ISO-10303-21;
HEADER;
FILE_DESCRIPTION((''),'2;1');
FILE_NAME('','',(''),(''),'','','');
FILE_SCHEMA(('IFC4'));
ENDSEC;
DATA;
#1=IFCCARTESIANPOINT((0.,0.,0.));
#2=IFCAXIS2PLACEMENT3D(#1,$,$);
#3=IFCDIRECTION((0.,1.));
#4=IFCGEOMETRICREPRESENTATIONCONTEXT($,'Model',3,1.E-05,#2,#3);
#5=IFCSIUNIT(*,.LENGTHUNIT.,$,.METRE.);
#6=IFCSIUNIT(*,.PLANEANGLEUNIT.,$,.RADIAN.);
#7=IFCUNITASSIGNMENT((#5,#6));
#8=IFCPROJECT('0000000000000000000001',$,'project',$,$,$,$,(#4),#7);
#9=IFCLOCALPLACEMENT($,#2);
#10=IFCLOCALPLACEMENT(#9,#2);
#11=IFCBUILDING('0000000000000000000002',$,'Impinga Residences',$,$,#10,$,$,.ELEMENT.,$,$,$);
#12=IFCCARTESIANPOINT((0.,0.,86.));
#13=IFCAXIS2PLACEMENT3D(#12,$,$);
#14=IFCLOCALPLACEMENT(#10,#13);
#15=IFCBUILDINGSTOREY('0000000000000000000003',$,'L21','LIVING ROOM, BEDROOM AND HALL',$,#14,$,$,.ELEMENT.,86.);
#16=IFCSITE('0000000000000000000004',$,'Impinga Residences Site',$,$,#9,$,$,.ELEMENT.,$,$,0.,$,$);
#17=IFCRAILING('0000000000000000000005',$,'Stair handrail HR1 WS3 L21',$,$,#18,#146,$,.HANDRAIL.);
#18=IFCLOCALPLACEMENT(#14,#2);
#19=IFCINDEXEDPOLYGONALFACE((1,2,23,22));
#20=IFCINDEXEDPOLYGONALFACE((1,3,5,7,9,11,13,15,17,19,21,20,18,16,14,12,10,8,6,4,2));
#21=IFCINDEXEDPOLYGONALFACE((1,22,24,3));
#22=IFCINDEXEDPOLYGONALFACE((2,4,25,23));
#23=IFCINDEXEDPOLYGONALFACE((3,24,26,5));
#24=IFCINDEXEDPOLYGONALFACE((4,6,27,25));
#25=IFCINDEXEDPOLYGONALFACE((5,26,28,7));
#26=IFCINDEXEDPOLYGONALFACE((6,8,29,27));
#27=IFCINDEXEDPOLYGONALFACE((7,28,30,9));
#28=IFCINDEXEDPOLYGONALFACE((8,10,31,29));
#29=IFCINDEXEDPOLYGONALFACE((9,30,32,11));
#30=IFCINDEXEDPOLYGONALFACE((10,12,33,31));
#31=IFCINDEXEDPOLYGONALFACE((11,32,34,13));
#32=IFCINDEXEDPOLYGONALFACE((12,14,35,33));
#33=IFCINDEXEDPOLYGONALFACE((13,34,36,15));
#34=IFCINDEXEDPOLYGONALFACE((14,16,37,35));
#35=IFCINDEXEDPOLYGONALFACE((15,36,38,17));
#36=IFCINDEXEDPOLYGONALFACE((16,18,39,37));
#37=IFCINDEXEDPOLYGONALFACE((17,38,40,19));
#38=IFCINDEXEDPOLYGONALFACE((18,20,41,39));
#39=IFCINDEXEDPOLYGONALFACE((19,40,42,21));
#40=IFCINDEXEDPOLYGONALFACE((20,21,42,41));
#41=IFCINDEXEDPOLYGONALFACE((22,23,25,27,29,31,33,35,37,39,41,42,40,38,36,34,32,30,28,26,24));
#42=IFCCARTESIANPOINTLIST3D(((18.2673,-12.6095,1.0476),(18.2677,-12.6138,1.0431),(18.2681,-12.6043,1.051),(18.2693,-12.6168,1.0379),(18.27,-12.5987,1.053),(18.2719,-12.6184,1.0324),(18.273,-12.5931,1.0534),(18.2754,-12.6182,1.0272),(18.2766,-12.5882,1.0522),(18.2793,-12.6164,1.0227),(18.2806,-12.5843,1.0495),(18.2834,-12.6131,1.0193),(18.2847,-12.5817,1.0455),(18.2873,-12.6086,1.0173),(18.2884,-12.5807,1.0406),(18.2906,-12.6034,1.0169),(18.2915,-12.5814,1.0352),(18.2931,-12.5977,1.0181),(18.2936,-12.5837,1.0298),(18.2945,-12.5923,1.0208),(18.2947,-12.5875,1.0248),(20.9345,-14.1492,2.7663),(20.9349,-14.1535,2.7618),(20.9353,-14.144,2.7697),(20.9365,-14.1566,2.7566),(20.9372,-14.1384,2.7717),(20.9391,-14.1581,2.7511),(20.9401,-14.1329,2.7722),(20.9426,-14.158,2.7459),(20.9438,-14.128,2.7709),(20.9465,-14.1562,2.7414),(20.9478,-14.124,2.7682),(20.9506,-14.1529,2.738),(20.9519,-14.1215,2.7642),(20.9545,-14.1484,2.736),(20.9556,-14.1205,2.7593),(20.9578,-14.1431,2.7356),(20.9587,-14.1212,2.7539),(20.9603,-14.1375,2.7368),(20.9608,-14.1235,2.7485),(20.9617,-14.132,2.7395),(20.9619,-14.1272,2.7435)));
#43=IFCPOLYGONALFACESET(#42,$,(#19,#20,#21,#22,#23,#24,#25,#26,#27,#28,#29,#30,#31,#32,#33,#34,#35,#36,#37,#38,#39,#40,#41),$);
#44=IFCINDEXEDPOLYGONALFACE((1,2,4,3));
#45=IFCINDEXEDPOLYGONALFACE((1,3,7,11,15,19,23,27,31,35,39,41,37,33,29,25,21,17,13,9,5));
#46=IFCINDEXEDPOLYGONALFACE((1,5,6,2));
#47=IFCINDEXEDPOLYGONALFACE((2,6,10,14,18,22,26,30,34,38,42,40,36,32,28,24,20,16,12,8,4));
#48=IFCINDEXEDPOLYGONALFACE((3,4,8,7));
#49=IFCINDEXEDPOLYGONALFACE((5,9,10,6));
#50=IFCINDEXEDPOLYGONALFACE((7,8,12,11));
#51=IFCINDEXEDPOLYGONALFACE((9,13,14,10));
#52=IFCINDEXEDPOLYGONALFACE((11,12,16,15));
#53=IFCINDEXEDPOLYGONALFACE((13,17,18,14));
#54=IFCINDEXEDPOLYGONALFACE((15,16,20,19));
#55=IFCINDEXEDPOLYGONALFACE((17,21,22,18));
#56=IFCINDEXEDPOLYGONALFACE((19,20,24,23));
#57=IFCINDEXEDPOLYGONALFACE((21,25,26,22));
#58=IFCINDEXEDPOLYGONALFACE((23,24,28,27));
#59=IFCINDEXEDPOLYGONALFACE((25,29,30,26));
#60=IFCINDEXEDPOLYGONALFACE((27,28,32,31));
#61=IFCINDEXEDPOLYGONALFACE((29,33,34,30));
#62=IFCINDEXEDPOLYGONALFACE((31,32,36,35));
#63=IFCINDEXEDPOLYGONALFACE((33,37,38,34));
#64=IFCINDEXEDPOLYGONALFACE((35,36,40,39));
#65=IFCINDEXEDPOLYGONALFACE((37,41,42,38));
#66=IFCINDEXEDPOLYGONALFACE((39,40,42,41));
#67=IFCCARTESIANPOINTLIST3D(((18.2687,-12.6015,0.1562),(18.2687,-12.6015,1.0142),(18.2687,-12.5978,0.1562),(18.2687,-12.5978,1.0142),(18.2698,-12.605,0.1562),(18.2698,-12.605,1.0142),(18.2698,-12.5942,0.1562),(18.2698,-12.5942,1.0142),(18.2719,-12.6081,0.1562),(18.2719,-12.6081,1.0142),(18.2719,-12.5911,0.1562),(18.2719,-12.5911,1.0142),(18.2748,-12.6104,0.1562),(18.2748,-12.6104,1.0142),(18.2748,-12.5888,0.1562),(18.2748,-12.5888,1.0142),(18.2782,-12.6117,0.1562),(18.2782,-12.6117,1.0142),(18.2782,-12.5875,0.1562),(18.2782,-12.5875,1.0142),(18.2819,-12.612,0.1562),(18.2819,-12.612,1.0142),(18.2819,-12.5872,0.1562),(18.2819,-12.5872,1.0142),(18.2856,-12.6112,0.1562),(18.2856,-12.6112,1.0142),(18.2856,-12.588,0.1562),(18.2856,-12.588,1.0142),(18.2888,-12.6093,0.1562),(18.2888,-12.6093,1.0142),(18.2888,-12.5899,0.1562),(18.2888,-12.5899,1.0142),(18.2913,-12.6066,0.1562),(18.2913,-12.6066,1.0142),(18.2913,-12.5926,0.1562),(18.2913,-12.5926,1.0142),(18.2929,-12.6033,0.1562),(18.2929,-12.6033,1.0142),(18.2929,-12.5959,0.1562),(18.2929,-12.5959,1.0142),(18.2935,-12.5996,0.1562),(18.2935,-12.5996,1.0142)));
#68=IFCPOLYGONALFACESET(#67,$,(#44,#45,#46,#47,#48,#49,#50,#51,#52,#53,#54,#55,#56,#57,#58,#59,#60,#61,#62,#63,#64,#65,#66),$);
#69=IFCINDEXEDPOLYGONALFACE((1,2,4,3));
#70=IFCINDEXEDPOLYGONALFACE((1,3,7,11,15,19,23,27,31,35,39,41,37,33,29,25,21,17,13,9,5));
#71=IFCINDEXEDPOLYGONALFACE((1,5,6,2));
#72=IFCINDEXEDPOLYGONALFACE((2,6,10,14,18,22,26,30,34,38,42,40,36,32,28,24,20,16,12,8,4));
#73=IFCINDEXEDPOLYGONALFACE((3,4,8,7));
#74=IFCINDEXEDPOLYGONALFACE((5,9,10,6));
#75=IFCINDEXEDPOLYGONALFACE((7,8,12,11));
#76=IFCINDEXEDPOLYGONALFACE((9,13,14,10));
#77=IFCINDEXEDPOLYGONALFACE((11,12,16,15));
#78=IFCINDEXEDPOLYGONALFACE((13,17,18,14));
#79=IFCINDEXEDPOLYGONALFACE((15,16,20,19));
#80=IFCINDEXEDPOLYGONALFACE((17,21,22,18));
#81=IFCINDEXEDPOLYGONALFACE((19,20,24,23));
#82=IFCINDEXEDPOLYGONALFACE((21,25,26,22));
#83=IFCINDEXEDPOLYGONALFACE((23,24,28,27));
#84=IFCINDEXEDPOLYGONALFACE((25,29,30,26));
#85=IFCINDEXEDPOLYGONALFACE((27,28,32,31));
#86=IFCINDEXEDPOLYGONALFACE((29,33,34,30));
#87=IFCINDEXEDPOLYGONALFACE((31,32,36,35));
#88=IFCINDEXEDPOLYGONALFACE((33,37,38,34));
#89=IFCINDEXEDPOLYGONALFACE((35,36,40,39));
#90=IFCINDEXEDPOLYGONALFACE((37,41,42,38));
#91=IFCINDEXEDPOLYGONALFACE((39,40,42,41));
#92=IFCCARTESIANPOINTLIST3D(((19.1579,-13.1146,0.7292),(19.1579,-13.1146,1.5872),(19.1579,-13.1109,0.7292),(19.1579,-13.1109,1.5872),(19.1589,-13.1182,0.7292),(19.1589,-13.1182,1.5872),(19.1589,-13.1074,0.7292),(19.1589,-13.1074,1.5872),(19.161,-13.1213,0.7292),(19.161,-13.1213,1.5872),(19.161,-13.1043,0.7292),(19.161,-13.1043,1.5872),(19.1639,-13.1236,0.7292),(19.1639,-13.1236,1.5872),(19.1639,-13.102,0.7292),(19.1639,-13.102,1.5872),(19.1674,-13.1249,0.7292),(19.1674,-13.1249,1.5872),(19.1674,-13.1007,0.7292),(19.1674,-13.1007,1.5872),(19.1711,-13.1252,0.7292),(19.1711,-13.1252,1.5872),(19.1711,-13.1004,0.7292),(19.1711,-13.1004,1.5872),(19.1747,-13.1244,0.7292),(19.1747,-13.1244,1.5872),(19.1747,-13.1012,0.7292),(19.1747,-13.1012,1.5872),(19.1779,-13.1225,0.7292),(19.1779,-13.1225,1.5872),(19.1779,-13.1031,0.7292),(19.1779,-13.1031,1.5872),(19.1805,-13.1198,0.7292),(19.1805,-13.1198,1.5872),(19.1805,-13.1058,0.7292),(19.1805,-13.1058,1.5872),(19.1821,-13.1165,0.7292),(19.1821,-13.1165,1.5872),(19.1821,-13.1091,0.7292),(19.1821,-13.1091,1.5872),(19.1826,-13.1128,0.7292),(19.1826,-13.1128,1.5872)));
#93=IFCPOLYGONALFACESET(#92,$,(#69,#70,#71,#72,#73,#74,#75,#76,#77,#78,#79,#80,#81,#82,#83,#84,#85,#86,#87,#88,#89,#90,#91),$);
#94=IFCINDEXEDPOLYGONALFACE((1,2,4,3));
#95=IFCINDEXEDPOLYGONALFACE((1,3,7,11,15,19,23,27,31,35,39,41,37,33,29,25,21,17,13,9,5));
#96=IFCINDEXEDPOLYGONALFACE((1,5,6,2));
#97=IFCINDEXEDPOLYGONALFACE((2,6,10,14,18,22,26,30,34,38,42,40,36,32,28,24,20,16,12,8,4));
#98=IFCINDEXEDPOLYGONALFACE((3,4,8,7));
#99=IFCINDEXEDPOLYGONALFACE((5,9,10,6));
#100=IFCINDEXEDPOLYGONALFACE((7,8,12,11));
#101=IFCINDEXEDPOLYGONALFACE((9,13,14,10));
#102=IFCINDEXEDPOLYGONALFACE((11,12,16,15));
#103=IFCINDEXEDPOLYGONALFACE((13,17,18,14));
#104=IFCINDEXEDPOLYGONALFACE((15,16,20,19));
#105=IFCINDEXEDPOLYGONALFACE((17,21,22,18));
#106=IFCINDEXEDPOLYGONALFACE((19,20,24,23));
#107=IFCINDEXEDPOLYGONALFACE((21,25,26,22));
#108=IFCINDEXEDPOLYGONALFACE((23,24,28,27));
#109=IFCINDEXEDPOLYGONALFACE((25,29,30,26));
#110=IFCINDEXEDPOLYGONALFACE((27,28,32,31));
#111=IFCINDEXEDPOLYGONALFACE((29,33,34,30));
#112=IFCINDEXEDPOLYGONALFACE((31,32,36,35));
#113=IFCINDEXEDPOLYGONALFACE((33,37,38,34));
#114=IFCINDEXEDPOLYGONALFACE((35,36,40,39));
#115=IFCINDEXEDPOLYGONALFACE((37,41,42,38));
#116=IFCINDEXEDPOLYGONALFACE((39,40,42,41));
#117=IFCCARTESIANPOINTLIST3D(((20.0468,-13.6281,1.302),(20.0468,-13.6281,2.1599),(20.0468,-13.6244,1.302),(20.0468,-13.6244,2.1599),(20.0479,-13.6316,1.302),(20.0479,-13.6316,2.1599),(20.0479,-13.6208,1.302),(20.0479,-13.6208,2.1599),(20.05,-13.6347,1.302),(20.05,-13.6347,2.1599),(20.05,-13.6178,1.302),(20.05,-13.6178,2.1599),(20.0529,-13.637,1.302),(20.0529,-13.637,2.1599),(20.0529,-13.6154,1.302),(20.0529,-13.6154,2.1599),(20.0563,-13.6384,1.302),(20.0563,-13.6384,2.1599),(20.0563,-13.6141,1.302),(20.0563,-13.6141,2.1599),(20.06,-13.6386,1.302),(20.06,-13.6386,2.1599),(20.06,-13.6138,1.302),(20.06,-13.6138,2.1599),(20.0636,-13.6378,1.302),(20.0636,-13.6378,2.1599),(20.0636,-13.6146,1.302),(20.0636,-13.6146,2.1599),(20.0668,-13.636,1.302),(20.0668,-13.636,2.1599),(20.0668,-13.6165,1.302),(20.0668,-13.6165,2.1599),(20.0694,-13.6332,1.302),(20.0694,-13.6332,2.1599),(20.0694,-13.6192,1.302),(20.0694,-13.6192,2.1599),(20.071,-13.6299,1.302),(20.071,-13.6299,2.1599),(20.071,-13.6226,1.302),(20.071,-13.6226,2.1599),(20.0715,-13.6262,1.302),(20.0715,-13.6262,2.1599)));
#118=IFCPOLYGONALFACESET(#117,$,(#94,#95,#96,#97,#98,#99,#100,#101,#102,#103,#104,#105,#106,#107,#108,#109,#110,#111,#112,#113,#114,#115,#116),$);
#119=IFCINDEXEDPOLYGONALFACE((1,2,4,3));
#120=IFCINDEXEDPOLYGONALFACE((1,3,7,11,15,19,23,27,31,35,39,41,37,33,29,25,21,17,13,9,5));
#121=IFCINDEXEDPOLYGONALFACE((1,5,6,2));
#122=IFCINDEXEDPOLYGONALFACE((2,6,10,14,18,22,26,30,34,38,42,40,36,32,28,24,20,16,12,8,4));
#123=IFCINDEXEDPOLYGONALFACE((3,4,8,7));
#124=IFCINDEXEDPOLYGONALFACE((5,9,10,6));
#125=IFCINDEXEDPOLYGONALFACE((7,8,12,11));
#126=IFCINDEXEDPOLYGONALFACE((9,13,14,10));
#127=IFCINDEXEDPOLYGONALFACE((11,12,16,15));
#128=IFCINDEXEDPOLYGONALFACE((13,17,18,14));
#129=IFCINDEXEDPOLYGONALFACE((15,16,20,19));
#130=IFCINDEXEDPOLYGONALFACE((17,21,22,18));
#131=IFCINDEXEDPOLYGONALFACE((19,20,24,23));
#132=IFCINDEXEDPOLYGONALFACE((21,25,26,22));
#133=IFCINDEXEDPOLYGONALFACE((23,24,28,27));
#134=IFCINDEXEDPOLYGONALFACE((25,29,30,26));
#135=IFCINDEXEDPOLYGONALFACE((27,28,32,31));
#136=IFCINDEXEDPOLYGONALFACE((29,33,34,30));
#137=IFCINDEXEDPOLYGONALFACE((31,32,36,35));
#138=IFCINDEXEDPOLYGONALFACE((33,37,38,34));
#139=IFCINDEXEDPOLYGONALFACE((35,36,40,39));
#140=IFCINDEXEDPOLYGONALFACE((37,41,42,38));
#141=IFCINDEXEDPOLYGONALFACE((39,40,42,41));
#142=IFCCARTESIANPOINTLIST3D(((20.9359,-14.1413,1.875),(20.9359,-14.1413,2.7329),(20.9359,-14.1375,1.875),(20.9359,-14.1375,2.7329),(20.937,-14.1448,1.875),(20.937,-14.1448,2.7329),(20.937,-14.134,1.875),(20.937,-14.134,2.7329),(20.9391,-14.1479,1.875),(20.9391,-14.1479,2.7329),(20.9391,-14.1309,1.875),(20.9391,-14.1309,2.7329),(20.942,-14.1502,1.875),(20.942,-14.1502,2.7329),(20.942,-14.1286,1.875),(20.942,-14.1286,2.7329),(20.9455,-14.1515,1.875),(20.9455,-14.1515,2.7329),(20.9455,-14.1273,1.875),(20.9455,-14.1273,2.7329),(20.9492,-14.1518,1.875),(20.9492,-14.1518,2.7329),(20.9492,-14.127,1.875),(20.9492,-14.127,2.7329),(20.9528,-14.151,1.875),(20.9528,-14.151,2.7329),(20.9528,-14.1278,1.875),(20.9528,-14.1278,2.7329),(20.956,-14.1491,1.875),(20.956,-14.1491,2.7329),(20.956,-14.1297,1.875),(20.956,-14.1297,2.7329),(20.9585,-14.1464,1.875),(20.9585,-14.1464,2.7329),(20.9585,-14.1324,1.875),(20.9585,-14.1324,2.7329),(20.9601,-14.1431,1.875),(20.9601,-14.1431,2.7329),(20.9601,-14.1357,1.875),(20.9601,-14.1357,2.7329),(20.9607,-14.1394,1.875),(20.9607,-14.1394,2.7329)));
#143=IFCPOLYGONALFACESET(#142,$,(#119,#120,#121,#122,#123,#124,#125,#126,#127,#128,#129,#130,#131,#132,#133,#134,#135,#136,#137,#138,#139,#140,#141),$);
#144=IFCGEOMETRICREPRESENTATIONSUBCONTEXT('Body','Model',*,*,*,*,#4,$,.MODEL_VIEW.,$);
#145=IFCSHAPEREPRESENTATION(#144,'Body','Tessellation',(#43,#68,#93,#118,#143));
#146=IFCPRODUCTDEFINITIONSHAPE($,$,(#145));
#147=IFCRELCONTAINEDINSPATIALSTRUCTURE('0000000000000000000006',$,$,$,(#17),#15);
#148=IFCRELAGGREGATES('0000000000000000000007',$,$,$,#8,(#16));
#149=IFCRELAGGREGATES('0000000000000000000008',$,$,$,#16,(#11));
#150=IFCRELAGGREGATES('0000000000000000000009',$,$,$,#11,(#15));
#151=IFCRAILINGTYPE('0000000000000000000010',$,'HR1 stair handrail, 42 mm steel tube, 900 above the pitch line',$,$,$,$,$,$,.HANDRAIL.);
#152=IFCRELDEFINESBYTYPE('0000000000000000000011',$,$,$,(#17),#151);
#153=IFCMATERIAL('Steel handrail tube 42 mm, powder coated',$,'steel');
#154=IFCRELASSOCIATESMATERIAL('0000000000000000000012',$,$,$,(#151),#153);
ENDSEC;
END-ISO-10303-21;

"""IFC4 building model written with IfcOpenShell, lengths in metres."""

from ifc_helpers import new_model, si_unit, direction, frame, origin, origin_2d, place, context, subcontext, project, spatial, circle, extrude, material, type_object, element, save


model = new_model("IFC4")

# Units and contexts
model_context = context("Model", 3, precision=1e-05, world=origin(), true_north=direction((0.0, 1.0)))
body_context = subcontext(model_context, "Body", "Model", "MODEL_VIEW")
ifc_project = project(units=[si_unit("LENGTHUNIT", "METRE"), si_unit("PLANEANGLEUNIT", "RADIAN")], contexts=[model_context])

# Site, building, storey
site_placement = place(None, origin())
site = spatial("IfcSite", under=ifc_project, at=site_placement, Name="Impinga Residences Site", CompositionType="ELEMENT", RefElevation=0.0)
building_placement = place(site_placement, origin())
building = spatial("IfcBuilding", under=site, at=building_placement, Name="Impinga Residences", CompositionType="ELEMENT")
storey_placement = place(building_placement, frame((0.0, 0.0, 86.0)))
storey = spatial("IfcBuildingStorey", under=building, at=storey_placement, Name="L21", Description="LIVING ROOM, BEDROOM AND HALL", CompositionType="ELEMENT", Elevation=86.0)

# Railing
ifc_material_1 = material(Name="Steel handrail tube 42 mm, powder coated", Category="steel")
railing_type_1 = type_object("IfcRailingType", Name="HR1 stair handrail, 42 mm steel tube, 900 above the pitch line", PredefinedType="HANDRAIL", material=ifc_material_1)
railing_1_placement = place(storey_placement, frame((18.281, -12.5996, 0.1562)))
element("IfcRailing", 1, at=railing_1_placement, inside=storey, type_object=railing_type_1, Name="Stair handrail HR1 WS3 L21", PredefinedType="HANDRAIL", context=body_context, shape_type="SweptSolid", body=[
    extrude(circle(Radius=0.021, at=origin_2d()), frame((0.0, 0.0, 0.8789), z_axis=(0.756249, -0.436582, 0.487322), x_axis=(0.499967, 0.866044, 0.0)), (0.0, 0.0, 1.0), 3.5269),
    extrude(circle(Radius=0.0125, at=origin_2d()), origin(), (0.0, 0.0, 1.0), 0.8579),
    extrude(circle(Radius=0.0125, at=origin_2d()), frame((0.8892, -0.5132, 0.573)), (0.0, 0.0, 1.0), 0.8579),
    extrude(circle(Radius=0.0125, at=origin_2d()), frame((1.7781, -1.0266, 1.1458)), (0.0, 0.0, 1.0), 0.8579),
    extrude(circle(Radius=0.0125, at=origin_2d()), frame((2.6672, -1.5398, 1.7188)), (0.0, 0.0, 1.0), 0.8579),
])

save(model, "model.ifc")
